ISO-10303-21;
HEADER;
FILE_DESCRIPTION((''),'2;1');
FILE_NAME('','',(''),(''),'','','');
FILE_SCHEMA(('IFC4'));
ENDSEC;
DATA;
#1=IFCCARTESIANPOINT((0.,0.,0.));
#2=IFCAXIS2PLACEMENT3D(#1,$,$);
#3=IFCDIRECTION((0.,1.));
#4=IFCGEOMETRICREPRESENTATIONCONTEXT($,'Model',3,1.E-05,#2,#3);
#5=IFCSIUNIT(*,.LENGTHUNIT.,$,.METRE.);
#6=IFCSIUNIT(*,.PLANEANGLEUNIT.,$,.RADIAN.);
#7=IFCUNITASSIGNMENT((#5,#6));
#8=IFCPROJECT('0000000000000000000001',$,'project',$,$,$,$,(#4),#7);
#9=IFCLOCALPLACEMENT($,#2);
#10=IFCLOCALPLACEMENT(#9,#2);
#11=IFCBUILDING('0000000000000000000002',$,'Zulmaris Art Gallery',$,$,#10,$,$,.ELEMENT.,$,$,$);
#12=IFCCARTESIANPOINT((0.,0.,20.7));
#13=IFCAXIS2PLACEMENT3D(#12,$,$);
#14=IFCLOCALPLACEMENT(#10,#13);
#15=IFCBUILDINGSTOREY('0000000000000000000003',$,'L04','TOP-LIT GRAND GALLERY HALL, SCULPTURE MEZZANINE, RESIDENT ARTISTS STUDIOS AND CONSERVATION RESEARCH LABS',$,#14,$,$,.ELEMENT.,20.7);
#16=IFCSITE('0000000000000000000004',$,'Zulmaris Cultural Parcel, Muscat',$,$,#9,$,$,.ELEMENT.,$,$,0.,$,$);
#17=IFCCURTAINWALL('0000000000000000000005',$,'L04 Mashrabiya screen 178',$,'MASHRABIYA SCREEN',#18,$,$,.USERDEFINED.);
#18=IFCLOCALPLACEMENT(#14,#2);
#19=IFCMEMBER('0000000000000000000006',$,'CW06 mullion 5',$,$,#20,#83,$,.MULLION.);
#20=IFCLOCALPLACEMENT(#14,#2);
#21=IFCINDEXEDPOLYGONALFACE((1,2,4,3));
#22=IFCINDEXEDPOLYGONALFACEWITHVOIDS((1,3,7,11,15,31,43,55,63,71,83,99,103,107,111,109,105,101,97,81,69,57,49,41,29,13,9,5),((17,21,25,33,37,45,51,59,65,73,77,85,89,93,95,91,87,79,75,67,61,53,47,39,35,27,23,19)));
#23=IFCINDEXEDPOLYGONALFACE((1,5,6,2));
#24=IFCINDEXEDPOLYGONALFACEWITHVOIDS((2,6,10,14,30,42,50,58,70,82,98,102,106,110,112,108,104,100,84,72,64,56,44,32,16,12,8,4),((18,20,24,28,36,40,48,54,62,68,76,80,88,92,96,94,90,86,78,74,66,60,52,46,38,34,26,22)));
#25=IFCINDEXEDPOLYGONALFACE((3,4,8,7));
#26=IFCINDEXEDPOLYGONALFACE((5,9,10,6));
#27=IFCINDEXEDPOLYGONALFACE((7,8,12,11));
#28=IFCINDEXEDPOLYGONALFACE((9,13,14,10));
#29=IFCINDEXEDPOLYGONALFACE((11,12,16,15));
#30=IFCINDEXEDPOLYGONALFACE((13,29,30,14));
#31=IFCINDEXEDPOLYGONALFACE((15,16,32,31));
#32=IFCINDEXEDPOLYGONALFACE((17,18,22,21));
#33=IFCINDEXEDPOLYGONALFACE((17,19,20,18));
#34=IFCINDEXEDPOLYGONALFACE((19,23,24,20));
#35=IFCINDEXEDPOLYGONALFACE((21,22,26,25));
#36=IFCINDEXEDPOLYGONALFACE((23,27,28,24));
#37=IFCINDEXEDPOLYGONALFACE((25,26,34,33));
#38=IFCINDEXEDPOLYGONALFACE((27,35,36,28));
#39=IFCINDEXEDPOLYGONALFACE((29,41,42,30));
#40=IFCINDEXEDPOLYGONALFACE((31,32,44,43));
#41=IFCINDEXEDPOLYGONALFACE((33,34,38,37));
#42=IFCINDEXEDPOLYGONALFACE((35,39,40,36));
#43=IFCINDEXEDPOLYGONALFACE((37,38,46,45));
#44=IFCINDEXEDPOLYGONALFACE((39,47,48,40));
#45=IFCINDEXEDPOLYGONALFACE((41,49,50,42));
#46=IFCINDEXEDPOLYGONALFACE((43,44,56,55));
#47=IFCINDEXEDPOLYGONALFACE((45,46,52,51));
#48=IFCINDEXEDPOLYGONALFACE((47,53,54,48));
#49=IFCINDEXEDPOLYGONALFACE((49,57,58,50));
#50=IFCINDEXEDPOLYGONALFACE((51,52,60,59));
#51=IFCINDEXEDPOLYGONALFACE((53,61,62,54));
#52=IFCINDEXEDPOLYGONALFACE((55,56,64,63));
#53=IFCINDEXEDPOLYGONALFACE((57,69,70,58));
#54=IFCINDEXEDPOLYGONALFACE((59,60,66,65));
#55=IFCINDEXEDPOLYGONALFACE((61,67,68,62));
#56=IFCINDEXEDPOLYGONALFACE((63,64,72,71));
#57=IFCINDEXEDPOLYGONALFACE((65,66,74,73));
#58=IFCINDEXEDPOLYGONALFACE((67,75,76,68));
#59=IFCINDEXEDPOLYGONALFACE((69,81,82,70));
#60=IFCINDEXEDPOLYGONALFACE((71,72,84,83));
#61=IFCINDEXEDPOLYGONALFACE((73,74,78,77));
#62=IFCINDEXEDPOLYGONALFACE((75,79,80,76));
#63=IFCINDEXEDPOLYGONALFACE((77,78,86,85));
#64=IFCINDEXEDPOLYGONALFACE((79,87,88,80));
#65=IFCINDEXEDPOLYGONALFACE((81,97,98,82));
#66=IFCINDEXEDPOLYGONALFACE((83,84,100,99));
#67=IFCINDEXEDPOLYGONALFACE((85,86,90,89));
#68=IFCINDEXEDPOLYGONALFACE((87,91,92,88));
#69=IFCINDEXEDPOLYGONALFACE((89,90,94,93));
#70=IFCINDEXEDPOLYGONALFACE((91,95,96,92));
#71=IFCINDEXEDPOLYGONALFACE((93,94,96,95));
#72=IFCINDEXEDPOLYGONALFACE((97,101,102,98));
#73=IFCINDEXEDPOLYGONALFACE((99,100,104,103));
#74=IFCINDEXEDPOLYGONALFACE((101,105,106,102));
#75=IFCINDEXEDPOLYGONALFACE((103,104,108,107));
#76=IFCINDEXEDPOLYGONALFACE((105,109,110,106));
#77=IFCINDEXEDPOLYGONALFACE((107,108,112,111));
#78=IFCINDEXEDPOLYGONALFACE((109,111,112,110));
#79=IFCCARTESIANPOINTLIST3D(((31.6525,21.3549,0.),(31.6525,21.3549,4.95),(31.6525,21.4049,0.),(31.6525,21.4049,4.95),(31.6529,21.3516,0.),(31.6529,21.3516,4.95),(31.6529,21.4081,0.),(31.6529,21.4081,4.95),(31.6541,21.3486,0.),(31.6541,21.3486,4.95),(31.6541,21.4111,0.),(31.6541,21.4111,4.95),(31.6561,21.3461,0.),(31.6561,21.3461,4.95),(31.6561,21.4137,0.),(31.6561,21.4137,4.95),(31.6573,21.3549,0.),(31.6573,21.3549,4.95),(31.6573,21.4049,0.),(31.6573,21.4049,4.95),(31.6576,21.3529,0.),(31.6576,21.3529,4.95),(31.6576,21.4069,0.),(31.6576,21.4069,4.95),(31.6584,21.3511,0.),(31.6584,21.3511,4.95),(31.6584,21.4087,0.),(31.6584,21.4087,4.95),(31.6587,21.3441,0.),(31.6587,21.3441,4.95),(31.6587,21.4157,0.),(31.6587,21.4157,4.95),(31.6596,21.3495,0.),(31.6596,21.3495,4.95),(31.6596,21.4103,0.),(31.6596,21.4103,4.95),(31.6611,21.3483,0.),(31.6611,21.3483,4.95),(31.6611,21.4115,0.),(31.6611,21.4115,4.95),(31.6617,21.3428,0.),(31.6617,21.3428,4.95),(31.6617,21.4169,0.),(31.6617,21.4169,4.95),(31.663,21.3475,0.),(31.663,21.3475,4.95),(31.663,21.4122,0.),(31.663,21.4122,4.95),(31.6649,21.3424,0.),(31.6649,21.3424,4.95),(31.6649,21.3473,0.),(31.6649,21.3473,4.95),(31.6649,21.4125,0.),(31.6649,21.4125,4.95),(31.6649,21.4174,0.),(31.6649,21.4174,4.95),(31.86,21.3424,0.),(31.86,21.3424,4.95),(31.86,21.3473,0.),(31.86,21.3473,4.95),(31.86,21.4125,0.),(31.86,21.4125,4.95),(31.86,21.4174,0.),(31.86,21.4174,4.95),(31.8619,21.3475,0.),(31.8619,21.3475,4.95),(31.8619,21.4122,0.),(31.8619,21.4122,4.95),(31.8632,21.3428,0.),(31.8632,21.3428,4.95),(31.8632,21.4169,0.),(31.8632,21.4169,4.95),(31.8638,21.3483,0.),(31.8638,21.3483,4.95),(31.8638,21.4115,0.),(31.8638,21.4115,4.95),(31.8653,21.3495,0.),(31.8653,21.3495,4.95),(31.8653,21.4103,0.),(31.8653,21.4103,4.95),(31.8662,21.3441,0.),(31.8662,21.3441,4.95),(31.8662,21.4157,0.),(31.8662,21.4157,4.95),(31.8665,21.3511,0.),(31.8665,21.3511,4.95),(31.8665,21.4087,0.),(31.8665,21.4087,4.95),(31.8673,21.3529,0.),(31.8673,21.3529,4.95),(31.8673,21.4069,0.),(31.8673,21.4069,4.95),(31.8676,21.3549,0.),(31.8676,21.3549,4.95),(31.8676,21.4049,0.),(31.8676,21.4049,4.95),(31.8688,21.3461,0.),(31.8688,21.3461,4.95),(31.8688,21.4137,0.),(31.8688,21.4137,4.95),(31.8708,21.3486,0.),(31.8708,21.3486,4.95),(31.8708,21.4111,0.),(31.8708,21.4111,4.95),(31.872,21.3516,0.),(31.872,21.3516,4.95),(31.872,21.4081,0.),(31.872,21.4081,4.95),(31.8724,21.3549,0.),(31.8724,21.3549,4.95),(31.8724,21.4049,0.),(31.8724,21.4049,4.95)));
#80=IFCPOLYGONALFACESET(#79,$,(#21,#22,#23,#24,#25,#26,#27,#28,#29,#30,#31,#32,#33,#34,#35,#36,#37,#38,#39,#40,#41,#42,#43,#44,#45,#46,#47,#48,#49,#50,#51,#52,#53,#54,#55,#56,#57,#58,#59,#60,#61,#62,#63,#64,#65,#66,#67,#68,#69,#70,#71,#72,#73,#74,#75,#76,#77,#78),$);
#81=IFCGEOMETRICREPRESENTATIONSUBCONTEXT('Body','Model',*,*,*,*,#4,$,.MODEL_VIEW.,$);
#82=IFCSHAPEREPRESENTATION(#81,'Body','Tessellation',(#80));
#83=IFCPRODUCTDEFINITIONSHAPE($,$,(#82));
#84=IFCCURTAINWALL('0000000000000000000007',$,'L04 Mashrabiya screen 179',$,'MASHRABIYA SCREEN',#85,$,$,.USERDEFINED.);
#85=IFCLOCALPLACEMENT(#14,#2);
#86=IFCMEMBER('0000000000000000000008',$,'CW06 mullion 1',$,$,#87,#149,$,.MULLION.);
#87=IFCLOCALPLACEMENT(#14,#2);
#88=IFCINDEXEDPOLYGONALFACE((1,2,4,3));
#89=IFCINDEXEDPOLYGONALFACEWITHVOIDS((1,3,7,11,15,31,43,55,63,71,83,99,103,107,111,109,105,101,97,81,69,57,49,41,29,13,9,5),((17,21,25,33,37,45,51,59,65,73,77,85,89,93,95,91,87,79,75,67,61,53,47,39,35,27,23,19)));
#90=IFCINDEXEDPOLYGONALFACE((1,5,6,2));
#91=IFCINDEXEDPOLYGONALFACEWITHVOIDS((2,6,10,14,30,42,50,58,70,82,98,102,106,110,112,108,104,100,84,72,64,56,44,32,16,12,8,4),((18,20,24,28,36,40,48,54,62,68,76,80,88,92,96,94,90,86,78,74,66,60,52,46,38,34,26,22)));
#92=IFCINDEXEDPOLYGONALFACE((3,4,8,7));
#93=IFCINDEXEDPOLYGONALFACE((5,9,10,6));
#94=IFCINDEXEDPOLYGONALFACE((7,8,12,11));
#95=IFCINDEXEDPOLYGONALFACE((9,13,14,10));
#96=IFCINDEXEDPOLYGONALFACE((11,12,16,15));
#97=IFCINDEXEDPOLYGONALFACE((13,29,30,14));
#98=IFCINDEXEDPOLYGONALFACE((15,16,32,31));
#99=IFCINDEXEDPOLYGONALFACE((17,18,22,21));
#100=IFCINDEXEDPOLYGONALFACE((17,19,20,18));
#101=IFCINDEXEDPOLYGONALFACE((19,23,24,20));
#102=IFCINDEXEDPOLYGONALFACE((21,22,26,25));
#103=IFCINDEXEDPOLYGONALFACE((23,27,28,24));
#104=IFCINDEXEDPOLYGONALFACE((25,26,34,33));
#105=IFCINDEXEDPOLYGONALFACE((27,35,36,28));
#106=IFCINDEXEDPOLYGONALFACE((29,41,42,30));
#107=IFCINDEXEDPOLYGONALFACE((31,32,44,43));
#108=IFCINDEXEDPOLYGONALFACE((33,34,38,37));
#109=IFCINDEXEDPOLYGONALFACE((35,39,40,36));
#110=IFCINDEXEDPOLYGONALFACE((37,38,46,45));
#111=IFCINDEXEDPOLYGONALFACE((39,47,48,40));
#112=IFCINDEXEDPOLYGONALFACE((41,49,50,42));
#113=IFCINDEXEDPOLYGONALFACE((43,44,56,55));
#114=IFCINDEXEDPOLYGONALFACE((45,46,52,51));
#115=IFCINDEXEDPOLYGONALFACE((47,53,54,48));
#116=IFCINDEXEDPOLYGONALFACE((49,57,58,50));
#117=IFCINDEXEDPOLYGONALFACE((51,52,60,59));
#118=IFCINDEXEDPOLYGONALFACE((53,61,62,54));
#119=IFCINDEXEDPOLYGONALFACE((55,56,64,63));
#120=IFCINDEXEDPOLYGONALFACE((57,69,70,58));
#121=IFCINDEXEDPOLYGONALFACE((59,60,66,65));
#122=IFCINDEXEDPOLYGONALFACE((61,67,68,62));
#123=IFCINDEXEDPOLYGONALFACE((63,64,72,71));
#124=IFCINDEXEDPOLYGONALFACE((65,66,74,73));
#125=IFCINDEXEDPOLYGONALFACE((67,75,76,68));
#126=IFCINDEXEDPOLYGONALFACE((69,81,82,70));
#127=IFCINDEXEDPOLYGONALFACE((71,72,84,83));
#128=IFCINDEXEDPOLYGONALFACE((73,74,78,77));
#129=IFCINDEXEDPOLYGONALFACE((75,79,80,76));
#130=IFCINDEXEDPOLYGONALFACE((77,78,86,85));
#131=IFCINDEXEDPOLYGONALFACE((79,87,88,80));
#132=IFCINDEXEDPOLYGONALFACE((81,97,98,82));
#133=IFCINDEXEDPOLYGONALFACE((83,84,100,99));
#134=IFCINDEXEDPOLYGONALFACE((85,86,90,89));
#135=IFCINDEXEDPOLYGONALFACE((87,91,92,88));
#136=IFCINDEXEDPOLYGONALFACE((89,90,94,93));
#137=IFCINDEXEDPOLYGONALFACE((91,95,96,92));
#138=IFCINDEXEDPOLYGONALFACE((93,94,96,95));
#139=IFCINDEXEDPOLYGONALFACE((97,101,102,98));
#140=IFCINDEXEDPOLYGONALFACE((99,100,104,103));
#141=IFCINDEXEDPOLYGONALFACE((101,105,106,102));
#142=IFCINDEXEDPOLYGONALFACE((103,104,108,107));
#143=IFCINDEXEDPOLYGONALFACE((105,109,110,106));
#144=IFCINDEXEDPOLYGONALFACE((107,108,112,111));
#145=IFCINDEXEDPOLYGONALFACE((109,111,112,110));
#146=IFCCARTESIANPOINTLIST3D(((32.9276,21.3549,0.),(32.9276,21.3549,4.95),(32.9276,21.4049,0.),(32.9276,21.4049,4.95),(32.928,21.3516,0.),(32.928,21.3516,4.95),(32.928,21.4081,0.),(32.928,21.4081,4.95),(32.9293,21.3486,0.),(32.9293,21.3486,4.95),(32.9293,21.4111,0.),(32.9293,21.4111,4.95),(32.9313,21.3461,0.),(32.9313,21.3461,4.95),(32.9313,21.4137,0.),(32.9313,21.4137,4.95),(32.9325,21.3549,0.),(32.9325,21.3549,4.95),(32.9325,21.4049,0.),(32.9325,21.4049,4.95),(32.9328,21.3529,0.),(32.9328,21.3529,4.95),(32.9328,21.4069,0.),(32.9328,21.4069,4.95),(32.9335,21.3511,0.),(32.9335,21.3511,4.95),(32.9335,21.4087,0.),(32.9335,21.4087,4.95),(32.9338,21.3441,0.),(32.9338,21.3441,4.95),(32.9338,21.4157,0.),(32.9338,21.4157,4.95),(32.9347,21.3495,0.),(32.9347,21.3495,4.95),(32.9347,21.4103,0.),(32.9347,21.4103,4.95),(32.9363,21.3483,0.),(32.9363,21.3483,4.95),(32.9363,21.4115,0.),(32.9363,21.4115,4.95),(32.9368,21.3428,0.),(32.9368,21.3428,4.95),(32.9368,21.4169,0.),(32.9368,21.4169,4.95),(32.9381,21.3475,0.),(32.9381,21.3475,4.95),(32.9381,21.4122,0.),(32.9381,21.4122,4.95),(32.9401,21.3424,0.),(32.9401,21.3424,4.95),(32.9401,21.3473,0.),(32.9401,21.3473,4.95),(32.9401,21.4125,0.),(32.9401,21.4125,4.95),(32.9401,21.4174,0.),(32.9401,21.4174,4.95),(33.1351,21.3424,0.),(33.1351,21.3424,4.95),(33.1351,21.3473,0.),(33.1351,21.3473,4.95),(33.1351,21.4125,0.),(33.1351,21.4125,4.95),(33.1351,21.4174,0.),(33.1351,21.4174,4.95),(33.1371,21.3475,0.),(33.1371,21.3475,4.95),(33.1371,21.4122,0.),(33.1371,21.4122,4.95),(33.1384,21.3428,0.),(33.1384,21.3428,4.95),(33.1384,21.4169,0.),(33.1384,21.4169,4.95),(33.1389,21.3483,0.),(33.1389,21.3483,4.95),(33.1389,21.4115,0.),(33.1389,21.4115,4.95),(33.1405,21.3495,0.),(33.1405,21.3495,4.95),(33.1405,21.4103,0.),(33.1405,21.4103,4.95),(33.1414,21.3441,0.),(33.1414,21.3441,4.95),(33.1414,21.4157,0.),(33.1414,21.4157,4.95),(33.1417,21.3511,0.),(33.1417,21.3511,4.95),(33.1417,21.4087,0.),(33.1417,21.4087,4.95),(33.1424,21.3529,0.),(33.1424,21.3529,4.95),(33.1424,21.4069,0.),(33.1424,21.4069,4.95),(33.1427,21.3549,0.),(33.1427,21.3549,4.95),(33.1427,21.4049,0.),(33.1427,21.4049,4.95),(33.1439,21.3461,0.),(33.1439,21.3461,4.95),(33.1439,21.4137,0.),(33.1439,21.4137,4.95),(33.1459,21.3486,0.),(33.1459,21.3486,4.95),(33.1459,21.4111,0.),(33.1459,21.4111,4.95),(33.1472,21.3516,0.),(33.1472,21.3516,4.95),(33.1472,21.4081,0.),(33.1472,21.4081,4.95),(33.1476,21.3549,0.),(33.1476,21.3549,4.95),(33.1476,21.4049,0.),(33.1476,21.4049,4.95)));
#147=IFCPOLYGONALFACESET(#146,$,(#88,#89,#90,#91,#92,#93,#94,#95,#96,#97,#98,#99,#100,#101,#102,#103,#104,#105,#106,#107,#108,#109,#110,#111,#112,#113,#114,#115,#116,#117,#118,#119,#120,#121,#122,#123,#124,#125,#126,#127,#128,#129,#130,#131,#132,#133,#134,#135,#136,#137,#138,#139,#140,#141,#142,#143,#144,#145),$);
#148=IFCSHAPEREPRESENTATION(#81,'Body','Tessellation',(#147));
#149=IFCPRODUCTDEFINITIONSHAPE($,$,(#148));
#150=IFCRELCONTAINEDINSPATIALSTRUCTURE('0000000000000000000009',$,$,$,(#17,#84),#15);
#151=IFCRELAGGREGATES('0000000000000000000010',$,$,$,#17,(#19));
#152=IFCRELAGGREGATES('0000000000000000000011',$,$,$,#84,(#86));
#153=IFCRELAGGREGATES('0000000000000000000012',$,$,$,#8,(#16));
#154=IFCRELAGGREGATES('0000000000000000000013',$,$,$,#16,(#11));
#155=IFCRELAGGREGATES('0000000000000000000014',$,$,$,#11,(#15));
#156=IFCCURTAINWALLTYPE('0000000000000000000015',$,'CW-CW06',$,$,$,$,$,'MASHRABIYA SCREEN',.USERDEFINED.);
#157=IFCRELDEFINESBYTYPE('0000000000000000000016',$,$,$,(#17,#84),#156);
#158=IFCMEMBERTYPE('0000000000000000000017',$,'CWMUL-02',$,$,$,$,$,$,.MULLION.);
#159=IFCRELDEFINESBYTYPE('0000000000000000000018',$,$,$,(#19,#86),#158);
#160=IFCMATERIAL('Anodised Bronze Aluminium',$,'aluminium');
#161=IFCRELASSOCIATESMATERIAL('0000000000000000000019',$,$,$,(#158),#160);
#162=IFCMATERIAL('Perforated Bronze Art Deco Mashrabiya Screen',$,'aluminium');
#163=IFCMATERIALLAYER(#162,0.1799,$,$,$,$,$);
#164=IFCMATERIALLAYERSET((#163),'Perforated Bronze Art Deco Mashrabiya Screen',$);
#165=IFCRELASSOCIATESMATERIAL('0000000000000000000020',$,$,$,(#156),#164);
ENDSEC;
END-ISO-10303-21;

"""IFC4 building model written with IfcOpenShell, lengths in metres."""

from ifc_helpers import new_model, si_unit, direction, frame, origin, origin_2d, place, context, subcontext, project, spatial, hollow_rectangle, extrude, material, layer, layer_set, material_profile, profile_set, type_object, element, aggregate, save


model = new_model("IFC4")

# Units and contexts
model_context = context("Model", 3, precision=1e-05, world=origin(), true_north=direction((0.0, 1.0)))
body_context = subcontext(model_context, "Body", "Model", "MODEL_VIEW")
ifc_project = project(units=[si_unit("LENGTHUNIT", "METRE"), si_unit("PLANEANGLEUNIT", "RADIAN")], contexts=[model_context])

# Site, building, storey
site_placement = place(None, origin())
site = spatial("IfcSite", under=ifc_project, at=site_placement, Name="Zulmaris Cultural Parcel, Muscat", CompositionType="ELEMENT", RefElevation=0.0)
building_placement = place(site_placement, origin())
building = spatial("IfcBuilding", under=site, at=building_placement, Name="Zulmaris Art Gallery", CompositionType="ELEMENT")
storey_placement = place(building_placement, frame((0.0, 0.0, 20.7)))
storey = spatial("IfcBuildingStorey", under=building, at=storey_placement, Name="L04", Description="TOP-LIT GRAND GALLERY HALL, SCULPTURE MEZZANINE, RESIDENT ARTISTS STUDIOS AND CONSERVATION RESEARCH LABS", CompositionType="ELEMENT", Elevation=20.7)

# Curtain wall, member
ifc_material_1 = material(Name="Anodised Bronze Aluminium", Category="aluminium")
ifc_material_profile_1 = material_profile(ifc_material_1, hollow_rectangle(XDim=0.075, YDim=0.22, WallThickness=0.0049, InnerFilletRadius=0.0076, OuterFilletRadius=0.0125, at=origin_2d()), Name="ALU 75x220x5")
ifc_profile_set_1 = profile_set([ifc_material_profile_1], Name="Anodised Bronze Aluminium")
member_type_1 = type_object("IfcMemberType", Name="CWMUL-02", PredefinedType="MULLION", material=ifc_profile_set_1)
ifc_material_2 = material(Name="Perforated Bronze Art Deco Mashrabiya Screen", Category="aluminium")
ifc_layer_1 = layer(ifc_material_2, 0.1799)
ifc_layer_set_1 = layer_set([ifc_layer_1], Name="Perforated Bronze Art Deco Mashrabiya Screen")
curtain_wall_type_1 = type_object("IfcCurtainWallType", Name="CW-CW06", ElementType="MASHRABIYA SCREEN", PredefinedType="USERDEFINED", material=ifc_layer_set_1)
curtain_wall_1_placement = place(storey_placement, origin())
curtain_wall_1 = element("IfcCurtainWall", 1, at=curtain_wall_1_placement, inside=storey, type_object=curtain_wall_type_1, Name="L04 Mashrabiya screen 178", ObjectType="MASHRABIYA SCREEN", PredefinedType="USERDEFINED")
member_1_placement = place(storey_placement, frame((31.7625, 21.3799, 0.0), z_axis=(0.0, 0.0, 1.0), x_axis=(0.0, 1.0, 0.0)))
member_1 = element("IfcMember", 2, at=member_1_placement, type_object=member_type_1, Name="CW06 mullion 5", PredefinedType="MULLION", context=body_context, shape_type="SweptSolid", body=[
    extrude(hollow_rectangle(XDim=0.075, YDim=0.22, WallThickness=0.0049, InnerFilletRadius=0.0076, OuterFilletRadius=0.0125, at=origin_2d()), origin(), (0.0, 0.0, 1.0), 4.95),
])
aggregate(curtain_wall_1, [member_1])

# Curtain wall, member
curtain_wall_2_placement = place(storey_placement, origin())
curtain_wall_2 = element("IfcCurtainWall", 3, at=curtain_wall_2_placement, inside=storey, type_object=curtain_wall_type_1, Name="L04 Mashrabiya screen 179", ObjectType="MASHRABIYA SCREEN", PredefinedType="USERDEFINED")
member_2_placement = place(storey_placement, frame((33.0376, 21.3799, 0.0), z_axis=(0.0, 0.0, 1.0), x_axis=(0.0, 1.0, 0.0)))
member_2 = element("IfcMember", 4, at=member_2_placement, type_object=member_type_1, Name="CW06 mullion 1", PredefinedType="MULLION", context=body_context, shape_type="SweptSolid", body=[
    extrude(hollow_rectangle(XDim=0.075, YDim=0.22, WallThickness=0.0049, InnerFilletRadius=0.0076, OuterFilletRadius=0.0125, at=origin_2d()), origin(), (0.0, 0.0, 1.0), 4.95),
])

aggregate(curtain_wall_2, [member_2])

save(model, "model.ifc")
